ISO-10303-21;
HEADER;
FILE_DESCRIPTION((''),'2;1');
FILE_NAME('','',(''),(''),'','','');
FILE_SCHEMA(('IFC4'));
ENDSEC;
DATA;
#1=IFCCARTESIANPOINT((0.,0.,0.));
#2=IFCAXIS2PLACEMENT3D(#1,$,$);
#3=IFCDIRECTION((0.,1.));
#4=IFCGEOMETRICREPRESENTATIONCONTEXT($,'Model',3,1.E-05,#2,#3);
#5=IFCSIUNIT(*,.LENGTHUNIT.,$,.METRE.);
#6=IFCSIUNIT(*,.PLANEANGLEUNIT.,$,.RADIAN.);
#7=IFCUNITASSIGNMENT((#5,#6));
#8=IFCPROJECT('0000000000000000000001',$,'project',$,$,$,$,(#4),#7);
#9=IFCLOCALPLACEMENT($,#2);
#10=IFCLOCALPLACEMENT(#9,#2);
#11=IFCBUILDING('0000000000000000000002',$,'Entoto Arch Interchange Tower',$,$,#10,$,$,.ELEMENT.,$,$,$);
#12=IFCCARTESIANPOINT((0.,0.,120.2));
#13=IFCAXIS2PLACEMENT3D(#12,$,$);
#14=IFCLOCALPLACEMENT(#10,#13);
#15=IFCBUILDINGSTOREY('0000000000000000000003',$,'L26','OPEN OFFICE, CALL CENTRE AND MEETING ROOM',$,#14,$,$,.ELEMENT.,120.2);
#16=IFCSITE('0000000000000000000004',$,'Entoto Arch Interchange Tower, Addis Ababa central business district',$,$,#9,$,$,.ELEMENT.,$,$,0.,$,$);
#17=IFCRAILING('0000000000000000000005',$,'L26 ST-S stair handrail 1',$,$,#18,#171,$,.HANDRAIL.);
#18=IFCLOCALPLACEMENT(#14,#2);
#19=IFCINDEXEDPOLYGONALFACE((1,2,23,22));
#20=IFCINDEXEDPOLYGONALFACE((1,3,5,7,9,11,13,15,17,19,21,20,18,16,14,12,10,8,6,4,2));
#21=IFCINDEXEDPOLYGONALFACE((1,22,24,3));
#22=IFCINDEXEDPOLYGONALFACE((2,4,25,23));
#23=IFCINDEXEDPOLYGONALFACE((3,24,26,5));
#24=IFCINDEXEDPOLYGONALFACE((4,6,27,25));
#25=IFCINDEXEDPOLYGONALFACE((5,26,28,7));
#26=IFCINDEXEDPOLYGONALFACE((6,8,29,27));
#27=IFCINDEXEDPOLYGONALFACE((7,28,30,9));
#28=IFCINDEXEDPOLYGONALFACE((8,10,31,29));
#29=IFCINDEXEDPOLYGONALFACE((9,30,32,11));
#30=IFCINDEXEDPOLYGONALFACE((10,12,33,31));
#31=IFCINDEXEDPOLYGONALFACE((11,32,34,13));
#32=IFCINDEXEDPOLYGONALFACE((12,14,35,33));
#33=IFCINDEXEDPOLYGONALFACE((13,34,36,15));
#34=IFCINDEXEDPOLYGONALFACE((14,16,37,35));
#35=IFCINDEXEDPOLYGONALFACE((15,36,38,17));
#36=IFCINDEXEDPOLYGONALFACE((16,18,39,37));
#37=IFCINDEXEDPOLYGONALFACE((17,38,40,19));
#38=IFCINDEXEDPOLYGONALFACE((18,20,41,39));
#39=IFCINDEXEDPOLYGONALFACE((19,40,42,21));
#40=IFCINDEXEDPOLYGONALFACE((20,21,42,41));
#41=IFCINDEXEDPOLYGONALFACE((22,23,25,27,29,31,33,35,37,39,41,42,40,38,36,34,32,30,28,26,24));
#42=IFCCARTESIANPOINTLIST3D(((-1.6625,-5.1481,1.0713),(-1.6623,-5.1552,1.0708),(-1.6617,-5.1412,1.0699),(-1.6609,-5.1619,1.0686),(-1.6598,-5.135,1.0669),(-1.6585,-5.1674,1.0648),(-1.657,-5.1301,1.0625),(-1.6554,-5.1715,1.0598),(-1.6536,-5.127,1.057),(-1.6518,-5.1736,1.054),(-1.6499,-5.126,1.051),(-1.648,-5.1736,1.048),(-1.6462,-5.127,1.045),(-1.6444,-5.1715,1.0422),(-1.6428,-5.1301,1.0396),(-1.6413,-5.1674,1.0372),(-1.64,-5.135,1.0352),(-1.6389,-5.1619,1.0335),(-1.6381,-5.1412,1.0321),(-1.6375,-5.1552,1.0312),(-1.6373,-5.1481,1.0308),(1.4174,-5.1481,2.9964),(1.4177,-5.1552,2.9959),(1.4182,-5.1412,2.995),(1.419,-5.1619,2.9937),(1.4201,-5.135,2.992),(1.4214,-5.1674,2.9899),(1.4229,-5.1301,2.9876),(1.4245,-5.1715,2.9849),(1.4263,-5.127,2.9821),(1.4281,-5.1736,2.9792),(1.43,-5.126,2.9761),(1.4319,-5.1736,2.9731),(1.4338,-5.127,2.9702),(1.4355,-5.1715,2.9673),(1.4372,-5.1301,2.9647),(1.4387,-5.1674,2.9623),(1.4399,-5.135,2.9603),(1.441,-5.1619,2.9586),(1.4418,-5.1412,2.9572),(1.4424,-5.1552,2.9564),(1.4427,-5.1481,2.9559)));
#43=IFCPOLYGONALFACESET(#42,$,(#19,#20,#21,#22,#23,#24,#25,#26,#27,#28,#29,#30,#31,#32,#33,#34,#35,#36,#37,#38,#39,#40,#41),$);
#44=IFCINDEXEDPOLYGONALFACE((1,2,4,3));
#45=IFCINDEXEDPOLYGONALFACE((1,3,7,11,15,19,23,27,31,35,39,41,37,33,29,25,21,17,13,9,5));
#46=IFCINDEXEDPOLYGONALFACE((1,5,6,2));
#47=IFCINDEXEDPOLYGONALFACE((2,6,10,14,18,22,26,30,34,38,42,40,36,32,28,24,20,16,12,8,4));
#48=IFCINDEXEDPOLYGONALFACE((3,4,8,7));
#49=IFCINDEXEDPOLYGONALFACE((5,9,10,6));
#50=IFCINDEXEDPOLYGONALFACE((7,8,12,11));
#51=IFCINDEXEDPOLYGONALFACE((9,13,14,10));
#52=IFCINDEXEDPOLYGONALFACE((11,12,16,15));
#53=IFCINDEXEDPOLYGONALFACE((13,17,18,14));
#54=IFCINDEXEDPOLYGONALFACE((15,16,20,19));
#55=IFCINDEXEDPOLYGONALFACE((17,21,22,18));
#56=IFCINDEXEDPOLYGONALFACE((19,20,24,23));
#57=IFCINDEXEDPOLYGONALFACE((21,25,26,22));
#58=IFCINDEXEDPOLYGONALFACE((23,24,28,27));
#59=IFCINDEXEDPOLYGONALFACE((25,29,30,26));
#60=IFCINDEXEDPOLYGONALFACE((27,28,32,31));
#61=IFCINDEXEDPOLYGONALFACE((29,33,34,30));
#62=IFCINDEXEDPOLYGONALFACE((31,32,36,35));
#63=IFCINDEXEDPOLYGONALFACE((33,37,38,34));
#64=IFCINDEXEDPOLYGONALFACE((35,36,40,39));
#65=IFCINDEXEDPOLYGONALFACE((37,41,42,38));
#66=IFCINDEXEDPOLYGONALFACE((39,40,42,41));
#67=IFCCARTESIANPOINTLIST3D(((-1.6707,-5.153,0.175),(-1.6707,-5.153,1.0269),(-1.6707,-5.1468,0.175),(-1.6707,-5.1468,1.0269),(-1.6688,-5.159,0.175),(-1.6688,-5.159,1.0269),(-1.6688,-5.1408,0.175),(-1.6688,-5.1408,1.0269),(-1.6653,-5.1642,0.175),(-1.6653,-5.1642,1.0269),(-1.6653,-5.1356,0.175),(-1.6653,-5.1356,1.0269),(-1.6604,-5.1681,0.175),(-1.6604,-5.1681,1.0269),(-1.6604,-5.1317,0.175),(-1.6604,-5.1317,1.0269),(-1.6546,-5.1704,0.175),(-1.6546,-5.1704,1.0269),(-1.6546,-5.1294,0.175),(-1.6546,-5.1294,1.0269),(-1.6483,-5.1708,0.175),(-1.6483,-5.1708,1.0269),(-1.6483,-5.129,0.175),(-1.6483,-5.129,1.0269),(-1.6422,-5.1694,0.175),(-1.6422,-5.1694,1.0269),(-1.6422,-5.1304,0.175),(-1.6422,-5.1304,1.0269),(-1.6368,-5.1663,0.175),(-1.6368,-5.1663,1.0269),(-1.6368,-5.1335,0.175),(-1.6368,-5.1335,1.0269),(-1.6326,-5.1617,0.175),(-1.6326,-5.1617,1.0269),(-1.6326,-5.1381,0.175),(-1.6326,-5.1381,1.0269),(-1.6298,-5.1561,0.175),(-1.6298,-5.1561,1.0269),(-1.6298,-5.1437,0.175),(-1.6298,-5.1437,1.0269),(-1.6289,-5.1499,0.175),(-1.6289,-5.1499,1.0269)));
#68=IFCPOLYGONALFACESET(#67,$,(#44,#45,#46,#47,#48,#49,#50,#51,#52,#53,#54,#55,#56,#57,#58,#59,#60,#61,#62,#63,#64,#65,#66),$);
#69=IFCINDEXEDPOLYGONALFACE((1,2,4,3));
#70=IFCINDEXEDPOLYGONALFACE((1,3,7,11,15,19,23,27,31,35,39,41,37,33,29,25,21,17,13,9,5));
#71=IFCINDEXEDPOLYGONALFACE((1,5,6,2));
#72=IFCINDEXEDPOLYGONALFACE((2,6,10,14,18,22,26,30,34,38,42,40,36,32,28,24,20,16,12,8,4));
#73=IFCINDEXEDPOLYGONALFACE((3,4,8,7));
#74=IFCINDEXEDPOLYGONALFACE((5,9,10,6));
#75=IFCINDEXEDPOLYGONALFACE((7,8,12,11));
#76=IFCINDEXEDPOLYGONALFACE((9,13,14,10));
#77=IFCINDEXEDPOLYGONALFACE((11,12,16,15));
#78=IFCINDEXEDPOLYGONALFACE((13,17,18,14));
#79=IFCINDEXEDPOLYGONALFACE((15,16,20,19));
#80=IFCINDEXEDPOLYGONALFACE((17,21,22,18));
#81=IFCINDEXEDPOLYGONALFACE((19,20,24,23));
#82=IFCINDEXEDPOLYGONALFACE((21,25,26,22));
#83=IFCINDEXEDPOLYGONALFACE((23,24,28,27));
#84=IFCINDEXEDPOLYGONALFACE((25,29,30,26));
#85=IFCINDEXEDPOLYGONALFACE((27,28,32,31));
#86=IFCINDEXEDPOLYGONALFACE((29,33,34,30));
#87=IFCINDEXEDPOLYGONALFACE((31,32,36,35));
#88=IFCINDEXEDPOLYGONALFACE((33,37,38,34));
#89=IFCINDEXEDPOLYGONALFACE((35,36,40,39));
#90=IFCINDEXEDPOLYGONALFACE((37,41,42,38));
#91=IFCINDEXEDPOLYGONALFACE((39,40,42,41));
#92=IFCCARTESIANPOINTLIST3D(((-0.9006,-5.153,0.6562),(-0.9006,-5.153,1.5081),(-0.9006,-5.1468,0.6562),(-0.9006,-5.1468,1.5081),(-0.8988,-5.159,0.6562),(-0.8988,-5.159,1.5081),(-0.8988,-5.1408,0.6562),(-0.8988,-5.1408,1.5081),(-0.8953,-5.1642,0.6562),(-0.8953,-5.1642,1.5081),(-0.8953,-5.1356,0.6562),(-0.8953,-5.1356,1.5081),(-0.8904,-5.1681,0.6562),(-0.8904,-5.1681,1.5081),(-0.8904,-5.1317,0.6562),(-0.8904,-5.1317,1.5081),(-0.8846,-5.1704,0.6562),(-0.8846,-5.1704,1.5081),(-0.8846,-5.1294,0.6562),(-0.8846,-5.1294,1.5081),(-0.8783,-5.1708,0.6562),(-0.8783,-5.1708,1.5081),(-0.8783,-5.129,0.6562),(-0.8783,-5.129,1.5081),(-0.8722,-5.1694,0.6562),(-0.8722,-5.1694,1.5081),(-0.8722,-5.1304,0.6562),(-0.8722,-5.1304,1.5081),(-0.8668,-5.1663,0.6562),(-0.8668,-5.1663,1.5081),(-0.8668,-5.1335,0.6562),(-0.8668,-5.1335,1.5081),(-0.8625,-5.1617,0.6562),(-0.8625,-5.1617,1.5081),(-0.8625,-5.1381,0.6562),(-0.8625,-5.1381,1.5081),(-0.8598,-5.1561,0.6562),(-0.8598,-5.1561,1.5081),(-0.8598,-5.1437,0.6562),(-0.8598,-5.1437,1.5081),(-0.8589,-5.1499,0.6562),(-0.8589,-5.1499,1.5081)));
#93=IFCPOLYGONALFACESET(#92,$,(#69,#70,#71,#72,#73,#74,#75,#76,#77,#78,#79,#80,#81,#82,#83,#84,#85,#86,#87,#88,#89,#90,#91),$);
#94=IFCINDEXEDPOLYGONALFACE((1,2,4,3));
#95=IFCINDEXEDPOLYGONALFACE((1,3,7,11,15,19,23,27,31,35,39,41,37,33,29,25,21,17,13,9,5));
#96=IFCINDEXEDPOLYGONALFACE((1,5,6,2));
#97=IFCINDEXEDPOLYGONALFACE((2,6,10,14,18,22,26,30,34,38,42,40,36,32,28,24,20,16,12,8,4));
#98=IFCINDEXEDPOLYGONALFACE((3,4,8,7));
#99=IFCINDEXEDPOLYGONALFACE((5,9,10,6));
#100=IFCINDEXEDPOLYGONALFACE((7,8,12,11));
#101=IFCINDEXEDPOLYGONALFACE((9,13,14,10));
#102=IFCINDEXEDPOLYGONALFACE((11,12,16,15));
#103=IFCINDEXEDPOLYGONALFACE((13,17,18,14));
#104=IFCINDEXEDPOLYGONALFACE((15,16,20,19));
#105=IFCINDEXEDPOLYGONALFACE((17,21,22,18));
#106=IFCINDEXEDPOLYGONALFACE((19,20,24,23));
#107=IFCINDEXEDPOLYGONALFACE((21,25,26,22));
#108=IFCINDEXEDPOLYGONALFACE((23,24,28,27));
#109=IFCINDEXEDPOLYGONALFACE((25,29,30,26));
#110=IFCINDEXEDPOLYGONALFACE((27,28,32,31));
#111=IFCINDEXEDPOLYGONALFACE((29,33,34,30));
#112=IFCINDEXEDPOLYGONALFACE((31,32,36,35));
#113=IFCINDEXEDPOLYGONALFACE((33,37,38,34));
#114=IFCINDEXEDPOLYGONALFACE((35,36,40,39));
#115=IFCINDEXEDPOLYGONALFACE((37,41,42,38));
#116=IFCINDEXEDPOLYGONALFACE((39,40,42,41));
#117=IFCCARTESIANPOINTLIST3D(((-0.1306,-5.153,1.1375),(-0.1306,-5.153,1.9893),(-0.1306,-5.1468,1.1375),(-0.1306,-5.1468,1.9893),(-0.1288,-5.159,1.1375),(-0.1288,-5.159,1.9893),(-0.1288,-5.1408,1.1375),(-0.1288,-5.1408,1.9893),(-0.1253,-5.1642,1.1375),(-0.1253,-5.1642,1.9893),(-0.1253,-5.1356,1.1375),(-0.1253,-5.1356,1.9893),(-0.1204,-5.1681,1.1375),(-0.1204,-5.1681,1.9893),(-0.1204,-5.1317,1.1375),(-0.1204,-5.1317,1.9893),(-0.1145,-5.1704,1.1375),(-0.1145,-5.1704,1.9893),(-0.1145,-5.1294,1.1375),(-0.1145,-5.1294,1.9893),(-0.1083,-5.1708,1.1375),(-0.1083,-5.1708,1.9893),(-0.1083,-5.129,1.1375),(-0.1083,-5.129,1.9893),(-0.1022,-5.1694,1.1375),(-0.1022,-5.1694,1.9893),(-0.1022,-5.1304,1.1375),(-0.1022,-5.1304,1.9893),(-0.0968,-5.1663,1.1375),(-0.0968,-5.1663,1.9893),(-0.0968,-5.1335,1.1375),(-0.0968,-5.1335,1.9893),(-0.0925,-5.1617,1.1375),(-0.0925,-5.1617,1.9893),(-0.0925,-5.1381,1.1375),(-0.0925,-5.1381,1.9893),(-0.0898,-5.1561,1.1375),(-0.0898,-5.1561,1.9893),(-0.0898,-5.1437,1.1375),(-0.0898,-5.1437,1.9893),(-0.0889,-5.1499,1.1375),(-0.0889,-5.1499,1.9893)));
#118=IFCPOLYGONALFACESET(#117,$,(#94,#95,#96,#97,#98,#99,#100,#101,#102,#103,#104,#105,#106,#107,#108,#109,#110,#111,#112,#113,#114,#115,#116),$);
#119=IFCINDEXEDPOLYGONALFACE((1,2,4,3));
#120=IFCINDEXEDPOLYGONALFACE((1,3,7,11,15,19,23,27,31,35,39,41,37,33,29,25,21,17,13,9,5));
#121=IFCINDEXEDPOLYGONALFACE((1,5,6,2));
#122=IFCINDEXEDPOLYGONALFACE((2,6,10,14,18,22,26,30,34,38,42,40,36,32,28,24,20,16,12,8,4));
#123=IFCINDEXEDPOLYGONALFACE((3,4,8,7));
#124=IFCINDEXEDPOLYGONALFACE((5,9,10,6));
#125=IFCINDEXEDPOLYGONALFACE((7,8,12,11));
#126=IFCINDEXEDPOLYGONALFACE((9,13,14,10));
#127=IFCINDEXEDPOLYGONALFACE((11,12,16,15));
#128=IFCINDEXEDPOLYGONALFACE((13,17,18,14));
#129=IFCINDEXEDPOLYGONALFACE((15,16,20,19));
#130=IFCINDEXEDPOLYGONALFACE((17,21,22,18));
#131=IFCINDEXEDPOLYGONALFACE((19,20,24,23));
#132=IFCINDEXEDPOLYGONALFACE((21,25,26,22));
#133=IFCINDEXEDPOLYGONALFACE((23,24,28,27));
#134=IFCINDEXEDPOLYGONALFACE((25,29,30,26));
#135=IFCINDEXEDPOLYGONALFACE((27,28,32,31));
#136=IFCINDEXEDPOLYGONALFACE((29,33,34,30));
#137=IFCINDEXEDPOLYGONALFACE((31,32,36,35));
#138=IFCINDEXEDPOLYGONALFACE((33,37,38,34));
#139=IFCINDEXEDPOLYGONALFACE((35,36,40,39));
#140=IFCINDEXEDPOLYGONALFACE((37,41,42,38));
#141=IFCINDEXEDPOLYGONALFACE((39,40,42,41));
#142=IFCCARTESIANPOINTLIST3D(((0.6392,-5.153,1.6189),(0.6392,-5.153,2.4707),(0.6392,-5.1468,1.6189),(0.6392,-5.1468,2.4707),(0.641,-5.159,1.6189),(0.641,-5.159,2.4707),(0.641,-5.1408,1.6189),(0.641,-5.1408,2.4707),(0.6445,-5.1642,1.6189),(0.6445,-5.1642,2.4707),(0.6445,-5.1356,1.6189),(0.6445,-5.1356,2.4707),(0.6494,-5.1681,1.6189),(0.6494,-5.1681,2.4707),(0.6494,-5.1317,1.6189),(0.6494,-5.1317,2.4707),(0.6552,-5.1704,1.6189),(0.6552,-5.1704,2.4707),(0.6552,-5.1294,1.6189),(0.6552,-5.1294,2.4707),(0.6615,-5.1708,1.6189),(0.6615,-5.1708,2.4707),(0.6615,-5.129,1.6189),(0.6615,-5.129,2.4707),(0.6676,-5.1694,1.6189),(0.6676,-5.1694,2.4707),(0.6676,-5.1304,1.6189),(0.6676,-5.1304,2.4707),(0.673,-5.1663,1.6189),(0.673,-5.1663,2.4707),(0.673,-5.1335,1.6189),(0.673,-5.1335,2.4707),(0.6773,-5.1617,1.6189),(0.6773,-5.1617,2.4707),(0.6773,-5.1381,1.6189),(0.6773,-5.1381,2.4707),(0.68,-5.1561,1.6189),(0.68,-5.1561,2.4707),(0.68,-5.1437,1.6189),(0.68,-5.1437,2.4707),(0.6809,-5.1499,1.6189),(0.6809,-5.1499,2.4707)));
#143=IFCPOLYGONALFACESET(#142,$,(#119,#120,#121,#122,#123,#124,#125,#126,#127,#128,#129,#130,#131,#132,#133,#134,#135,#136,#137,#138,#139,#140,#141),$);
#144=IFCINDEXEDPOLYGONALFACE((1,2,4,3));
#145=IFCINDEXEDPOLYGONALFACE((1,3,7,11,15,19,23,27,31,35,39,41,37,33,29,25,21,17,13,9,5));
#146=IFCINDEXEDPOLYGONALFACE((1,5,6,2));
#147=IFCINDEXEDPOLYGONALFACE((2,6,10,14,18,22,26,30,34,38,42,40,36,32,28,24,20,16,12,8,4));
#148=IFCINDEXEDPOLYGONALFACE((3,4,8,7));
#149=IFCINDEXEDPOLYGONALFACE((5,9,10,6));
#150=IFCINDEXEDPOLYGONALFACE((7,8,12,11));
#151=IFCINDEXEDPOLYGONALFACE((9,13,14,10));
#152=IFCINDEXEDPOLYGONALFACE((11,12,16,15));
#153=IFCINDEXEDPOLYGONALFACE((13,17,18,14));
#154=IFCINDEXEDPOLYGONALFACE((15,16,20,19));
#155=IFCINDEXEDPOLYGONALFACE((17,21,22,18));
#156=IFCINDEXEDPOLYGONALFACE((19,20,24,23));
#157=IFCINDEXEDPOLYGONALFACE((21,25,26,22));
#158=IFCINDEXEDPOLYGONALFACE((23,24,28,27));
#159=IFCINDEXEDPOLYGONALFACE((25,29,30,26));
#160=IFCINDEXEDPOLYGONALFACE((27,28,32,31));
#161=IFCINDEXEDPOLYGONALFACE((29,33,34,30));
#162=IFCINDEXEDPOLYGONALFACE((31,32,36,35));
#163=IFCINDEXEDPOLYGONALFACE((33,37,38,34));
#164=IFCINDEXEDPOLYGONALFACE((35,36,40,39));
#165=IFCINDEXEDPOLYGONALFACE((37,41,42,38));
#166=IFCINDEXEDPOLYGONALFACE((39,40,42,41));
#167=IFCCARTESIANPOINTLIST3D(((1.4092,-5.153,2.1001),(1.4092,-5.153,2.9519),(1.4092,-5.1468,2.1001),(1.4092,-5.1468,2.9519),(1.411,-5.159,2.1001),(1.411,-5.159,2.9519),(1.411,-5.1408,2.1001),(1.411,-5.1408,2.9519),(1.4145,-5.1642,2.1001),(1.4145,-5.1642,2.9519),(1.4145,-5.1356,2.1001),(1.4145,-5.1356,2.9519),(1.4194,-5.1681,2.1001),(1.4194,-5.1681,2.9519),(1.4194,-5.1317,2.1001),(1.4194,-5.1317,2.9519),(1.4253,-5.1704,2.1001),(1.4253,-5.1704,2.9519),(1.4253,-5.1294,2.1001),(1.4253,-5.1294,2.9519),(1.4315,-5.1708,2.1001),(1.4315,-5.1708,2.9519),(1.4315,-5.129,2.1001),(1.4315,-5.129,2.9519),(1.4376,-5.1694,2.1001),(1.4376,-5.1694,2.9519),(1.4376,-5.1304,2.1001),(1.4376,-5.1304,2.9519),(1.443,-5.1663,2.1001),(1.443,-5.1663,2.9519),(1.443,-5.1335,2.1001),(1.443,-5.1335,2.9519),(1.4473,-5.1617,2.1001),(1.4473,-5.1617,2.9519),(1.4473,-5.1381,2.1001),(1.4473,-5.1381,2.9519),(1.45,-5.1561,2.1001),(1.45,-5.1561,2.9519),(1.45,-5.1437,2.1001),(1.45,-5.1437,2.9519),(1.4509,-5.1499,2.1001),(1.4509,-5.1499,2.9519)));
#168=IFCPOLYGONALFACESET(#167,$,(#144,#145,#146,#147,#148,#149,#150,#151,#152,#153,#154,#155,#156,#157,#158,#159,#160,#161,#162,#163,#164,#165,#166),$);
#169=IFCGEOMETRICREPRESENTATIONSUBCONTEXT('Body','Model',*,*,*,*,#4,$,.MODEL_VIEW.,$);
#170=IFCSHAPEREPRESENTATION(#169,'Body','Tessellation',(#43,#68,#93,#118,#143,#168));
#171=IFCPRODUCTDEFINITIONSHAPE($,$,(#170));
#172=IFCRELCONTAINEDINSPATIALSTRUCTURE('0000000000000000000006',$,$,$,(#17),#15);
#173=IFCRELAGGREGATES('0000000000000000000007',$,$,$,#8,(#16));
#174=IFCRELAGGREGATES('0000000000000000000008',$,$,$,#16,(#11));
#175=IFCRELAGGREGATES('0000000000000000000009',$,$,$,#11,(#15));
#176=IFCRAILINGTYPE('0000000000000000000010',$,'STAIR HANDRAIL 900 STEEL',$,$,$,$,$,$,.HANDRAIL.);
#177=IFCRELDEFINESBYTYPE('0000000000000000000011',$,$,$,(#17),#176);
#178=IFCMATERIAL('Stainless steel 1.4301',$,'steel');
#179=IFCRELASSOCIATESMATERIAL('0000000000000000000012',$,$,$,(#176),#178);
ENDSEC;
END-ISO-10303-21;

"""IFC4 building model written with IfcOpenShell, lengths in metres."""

from ifc_helpers import new_model, si_unit, direction, frame, origin, origin_2d, place, context, subcontext, project, spatial, circle, extrude, material, type_object, element, save


model = new_model("IFC4")

# Units and contexts
model_context = context("Model", 3, precision=1e-05, world=origin(), true_north=direction((0.0, 1.0)))
body_context = subcontext(model_context, "Body", "Model", "MODEL_VIEW")
ifc_project = project(units=[si_unit("LENGTHUNIT", "METRE"), si_unit("PLANEANGLEUNIT", "RADIAN")], contexts=[model_context])

# Site, building, storey
site_placement = place(None, origin())
site = spatial("IfcSite", under=ifc_project, at=site_placement, Name="Entoto Arch Interchange Tower, Addis Ababa central business district", CompositionType="ELEMENT", RefElevation=0.0)
building_placement = place(site_placement, origin())
building = spatial("IfcBuilding", under=site, at=building_placement, Name="Entoto Arch Interchange Tower", CompositionType="ELEMENT")
storey_placement = place(building_placement, frame((0.0, 0.0, 120.2)))
storey = spatial("IfcBuildingStorey", under=building, at=storey_placement, Name="L26", Description="OPEN OFFICE, CALL CENTRE AND MEETING ROOM", CompositionType="ELEMENT", Elevation=120.2)

# Railing
ifc_material_1 = material(Name="Stainless steel 1.4301", Category="steel")
railing_type_1 = type_object("IfcRailingType", Name="STAIR HANDRAIL 900 STEEL", PredefinedType="HANDRAIL", material=ifc_material_1)
railing_1_placement = place(storey_placement, frame((-1.6499, -5.1499, 0.175)))
element("IfcRailing", 1, at=railing_1_placement, inside=storey, type_object=railing_type_1, Name="L26 ST-S stair handrail 1", PredefinedType="HANDRAIL", context=body_context, shape_type="SweptSolid", body=[
    extrude(circle(Radius=0.0239, at=origin_2d()), frame((0.0, 0.0, 0.876), z_axis=(0.847979, 0.0, 0.530029), x_axis=(0.0, 1.0, 0.0)), (0.0, 0.0, 1.0), 3.6321),
    extrude(circle(Radius=0.021, at=origin_2d()), origin(), (0.0, 0.0, 1.0), 0.8518),
    extrude(circle(Radius=0.021, at=origin_2d()), frame((0.77, 0.0, 0.4812)), (0.0, 0.0, 1.0), 0.8518),
    extrude(circle(Radius=0.021, at=origin_2d()), frame((1.54, 0.0, 0.9624)), (0.0, 0.0, 1.0), 0.8518),
    extrude(circle(Radius=0.021, at=origin_2d()), frame((2.3098, 0.0, 1.4438)), (0.0, 0.0, 1.0), 0.8518),
    extrude(circle(Radius=0.021, at=origin_2d()), frame((3.0798, 0.0, 1.925)), (0.0, 0.0, 1.0), 0.8518),
])

save(model, "model.ifc")
